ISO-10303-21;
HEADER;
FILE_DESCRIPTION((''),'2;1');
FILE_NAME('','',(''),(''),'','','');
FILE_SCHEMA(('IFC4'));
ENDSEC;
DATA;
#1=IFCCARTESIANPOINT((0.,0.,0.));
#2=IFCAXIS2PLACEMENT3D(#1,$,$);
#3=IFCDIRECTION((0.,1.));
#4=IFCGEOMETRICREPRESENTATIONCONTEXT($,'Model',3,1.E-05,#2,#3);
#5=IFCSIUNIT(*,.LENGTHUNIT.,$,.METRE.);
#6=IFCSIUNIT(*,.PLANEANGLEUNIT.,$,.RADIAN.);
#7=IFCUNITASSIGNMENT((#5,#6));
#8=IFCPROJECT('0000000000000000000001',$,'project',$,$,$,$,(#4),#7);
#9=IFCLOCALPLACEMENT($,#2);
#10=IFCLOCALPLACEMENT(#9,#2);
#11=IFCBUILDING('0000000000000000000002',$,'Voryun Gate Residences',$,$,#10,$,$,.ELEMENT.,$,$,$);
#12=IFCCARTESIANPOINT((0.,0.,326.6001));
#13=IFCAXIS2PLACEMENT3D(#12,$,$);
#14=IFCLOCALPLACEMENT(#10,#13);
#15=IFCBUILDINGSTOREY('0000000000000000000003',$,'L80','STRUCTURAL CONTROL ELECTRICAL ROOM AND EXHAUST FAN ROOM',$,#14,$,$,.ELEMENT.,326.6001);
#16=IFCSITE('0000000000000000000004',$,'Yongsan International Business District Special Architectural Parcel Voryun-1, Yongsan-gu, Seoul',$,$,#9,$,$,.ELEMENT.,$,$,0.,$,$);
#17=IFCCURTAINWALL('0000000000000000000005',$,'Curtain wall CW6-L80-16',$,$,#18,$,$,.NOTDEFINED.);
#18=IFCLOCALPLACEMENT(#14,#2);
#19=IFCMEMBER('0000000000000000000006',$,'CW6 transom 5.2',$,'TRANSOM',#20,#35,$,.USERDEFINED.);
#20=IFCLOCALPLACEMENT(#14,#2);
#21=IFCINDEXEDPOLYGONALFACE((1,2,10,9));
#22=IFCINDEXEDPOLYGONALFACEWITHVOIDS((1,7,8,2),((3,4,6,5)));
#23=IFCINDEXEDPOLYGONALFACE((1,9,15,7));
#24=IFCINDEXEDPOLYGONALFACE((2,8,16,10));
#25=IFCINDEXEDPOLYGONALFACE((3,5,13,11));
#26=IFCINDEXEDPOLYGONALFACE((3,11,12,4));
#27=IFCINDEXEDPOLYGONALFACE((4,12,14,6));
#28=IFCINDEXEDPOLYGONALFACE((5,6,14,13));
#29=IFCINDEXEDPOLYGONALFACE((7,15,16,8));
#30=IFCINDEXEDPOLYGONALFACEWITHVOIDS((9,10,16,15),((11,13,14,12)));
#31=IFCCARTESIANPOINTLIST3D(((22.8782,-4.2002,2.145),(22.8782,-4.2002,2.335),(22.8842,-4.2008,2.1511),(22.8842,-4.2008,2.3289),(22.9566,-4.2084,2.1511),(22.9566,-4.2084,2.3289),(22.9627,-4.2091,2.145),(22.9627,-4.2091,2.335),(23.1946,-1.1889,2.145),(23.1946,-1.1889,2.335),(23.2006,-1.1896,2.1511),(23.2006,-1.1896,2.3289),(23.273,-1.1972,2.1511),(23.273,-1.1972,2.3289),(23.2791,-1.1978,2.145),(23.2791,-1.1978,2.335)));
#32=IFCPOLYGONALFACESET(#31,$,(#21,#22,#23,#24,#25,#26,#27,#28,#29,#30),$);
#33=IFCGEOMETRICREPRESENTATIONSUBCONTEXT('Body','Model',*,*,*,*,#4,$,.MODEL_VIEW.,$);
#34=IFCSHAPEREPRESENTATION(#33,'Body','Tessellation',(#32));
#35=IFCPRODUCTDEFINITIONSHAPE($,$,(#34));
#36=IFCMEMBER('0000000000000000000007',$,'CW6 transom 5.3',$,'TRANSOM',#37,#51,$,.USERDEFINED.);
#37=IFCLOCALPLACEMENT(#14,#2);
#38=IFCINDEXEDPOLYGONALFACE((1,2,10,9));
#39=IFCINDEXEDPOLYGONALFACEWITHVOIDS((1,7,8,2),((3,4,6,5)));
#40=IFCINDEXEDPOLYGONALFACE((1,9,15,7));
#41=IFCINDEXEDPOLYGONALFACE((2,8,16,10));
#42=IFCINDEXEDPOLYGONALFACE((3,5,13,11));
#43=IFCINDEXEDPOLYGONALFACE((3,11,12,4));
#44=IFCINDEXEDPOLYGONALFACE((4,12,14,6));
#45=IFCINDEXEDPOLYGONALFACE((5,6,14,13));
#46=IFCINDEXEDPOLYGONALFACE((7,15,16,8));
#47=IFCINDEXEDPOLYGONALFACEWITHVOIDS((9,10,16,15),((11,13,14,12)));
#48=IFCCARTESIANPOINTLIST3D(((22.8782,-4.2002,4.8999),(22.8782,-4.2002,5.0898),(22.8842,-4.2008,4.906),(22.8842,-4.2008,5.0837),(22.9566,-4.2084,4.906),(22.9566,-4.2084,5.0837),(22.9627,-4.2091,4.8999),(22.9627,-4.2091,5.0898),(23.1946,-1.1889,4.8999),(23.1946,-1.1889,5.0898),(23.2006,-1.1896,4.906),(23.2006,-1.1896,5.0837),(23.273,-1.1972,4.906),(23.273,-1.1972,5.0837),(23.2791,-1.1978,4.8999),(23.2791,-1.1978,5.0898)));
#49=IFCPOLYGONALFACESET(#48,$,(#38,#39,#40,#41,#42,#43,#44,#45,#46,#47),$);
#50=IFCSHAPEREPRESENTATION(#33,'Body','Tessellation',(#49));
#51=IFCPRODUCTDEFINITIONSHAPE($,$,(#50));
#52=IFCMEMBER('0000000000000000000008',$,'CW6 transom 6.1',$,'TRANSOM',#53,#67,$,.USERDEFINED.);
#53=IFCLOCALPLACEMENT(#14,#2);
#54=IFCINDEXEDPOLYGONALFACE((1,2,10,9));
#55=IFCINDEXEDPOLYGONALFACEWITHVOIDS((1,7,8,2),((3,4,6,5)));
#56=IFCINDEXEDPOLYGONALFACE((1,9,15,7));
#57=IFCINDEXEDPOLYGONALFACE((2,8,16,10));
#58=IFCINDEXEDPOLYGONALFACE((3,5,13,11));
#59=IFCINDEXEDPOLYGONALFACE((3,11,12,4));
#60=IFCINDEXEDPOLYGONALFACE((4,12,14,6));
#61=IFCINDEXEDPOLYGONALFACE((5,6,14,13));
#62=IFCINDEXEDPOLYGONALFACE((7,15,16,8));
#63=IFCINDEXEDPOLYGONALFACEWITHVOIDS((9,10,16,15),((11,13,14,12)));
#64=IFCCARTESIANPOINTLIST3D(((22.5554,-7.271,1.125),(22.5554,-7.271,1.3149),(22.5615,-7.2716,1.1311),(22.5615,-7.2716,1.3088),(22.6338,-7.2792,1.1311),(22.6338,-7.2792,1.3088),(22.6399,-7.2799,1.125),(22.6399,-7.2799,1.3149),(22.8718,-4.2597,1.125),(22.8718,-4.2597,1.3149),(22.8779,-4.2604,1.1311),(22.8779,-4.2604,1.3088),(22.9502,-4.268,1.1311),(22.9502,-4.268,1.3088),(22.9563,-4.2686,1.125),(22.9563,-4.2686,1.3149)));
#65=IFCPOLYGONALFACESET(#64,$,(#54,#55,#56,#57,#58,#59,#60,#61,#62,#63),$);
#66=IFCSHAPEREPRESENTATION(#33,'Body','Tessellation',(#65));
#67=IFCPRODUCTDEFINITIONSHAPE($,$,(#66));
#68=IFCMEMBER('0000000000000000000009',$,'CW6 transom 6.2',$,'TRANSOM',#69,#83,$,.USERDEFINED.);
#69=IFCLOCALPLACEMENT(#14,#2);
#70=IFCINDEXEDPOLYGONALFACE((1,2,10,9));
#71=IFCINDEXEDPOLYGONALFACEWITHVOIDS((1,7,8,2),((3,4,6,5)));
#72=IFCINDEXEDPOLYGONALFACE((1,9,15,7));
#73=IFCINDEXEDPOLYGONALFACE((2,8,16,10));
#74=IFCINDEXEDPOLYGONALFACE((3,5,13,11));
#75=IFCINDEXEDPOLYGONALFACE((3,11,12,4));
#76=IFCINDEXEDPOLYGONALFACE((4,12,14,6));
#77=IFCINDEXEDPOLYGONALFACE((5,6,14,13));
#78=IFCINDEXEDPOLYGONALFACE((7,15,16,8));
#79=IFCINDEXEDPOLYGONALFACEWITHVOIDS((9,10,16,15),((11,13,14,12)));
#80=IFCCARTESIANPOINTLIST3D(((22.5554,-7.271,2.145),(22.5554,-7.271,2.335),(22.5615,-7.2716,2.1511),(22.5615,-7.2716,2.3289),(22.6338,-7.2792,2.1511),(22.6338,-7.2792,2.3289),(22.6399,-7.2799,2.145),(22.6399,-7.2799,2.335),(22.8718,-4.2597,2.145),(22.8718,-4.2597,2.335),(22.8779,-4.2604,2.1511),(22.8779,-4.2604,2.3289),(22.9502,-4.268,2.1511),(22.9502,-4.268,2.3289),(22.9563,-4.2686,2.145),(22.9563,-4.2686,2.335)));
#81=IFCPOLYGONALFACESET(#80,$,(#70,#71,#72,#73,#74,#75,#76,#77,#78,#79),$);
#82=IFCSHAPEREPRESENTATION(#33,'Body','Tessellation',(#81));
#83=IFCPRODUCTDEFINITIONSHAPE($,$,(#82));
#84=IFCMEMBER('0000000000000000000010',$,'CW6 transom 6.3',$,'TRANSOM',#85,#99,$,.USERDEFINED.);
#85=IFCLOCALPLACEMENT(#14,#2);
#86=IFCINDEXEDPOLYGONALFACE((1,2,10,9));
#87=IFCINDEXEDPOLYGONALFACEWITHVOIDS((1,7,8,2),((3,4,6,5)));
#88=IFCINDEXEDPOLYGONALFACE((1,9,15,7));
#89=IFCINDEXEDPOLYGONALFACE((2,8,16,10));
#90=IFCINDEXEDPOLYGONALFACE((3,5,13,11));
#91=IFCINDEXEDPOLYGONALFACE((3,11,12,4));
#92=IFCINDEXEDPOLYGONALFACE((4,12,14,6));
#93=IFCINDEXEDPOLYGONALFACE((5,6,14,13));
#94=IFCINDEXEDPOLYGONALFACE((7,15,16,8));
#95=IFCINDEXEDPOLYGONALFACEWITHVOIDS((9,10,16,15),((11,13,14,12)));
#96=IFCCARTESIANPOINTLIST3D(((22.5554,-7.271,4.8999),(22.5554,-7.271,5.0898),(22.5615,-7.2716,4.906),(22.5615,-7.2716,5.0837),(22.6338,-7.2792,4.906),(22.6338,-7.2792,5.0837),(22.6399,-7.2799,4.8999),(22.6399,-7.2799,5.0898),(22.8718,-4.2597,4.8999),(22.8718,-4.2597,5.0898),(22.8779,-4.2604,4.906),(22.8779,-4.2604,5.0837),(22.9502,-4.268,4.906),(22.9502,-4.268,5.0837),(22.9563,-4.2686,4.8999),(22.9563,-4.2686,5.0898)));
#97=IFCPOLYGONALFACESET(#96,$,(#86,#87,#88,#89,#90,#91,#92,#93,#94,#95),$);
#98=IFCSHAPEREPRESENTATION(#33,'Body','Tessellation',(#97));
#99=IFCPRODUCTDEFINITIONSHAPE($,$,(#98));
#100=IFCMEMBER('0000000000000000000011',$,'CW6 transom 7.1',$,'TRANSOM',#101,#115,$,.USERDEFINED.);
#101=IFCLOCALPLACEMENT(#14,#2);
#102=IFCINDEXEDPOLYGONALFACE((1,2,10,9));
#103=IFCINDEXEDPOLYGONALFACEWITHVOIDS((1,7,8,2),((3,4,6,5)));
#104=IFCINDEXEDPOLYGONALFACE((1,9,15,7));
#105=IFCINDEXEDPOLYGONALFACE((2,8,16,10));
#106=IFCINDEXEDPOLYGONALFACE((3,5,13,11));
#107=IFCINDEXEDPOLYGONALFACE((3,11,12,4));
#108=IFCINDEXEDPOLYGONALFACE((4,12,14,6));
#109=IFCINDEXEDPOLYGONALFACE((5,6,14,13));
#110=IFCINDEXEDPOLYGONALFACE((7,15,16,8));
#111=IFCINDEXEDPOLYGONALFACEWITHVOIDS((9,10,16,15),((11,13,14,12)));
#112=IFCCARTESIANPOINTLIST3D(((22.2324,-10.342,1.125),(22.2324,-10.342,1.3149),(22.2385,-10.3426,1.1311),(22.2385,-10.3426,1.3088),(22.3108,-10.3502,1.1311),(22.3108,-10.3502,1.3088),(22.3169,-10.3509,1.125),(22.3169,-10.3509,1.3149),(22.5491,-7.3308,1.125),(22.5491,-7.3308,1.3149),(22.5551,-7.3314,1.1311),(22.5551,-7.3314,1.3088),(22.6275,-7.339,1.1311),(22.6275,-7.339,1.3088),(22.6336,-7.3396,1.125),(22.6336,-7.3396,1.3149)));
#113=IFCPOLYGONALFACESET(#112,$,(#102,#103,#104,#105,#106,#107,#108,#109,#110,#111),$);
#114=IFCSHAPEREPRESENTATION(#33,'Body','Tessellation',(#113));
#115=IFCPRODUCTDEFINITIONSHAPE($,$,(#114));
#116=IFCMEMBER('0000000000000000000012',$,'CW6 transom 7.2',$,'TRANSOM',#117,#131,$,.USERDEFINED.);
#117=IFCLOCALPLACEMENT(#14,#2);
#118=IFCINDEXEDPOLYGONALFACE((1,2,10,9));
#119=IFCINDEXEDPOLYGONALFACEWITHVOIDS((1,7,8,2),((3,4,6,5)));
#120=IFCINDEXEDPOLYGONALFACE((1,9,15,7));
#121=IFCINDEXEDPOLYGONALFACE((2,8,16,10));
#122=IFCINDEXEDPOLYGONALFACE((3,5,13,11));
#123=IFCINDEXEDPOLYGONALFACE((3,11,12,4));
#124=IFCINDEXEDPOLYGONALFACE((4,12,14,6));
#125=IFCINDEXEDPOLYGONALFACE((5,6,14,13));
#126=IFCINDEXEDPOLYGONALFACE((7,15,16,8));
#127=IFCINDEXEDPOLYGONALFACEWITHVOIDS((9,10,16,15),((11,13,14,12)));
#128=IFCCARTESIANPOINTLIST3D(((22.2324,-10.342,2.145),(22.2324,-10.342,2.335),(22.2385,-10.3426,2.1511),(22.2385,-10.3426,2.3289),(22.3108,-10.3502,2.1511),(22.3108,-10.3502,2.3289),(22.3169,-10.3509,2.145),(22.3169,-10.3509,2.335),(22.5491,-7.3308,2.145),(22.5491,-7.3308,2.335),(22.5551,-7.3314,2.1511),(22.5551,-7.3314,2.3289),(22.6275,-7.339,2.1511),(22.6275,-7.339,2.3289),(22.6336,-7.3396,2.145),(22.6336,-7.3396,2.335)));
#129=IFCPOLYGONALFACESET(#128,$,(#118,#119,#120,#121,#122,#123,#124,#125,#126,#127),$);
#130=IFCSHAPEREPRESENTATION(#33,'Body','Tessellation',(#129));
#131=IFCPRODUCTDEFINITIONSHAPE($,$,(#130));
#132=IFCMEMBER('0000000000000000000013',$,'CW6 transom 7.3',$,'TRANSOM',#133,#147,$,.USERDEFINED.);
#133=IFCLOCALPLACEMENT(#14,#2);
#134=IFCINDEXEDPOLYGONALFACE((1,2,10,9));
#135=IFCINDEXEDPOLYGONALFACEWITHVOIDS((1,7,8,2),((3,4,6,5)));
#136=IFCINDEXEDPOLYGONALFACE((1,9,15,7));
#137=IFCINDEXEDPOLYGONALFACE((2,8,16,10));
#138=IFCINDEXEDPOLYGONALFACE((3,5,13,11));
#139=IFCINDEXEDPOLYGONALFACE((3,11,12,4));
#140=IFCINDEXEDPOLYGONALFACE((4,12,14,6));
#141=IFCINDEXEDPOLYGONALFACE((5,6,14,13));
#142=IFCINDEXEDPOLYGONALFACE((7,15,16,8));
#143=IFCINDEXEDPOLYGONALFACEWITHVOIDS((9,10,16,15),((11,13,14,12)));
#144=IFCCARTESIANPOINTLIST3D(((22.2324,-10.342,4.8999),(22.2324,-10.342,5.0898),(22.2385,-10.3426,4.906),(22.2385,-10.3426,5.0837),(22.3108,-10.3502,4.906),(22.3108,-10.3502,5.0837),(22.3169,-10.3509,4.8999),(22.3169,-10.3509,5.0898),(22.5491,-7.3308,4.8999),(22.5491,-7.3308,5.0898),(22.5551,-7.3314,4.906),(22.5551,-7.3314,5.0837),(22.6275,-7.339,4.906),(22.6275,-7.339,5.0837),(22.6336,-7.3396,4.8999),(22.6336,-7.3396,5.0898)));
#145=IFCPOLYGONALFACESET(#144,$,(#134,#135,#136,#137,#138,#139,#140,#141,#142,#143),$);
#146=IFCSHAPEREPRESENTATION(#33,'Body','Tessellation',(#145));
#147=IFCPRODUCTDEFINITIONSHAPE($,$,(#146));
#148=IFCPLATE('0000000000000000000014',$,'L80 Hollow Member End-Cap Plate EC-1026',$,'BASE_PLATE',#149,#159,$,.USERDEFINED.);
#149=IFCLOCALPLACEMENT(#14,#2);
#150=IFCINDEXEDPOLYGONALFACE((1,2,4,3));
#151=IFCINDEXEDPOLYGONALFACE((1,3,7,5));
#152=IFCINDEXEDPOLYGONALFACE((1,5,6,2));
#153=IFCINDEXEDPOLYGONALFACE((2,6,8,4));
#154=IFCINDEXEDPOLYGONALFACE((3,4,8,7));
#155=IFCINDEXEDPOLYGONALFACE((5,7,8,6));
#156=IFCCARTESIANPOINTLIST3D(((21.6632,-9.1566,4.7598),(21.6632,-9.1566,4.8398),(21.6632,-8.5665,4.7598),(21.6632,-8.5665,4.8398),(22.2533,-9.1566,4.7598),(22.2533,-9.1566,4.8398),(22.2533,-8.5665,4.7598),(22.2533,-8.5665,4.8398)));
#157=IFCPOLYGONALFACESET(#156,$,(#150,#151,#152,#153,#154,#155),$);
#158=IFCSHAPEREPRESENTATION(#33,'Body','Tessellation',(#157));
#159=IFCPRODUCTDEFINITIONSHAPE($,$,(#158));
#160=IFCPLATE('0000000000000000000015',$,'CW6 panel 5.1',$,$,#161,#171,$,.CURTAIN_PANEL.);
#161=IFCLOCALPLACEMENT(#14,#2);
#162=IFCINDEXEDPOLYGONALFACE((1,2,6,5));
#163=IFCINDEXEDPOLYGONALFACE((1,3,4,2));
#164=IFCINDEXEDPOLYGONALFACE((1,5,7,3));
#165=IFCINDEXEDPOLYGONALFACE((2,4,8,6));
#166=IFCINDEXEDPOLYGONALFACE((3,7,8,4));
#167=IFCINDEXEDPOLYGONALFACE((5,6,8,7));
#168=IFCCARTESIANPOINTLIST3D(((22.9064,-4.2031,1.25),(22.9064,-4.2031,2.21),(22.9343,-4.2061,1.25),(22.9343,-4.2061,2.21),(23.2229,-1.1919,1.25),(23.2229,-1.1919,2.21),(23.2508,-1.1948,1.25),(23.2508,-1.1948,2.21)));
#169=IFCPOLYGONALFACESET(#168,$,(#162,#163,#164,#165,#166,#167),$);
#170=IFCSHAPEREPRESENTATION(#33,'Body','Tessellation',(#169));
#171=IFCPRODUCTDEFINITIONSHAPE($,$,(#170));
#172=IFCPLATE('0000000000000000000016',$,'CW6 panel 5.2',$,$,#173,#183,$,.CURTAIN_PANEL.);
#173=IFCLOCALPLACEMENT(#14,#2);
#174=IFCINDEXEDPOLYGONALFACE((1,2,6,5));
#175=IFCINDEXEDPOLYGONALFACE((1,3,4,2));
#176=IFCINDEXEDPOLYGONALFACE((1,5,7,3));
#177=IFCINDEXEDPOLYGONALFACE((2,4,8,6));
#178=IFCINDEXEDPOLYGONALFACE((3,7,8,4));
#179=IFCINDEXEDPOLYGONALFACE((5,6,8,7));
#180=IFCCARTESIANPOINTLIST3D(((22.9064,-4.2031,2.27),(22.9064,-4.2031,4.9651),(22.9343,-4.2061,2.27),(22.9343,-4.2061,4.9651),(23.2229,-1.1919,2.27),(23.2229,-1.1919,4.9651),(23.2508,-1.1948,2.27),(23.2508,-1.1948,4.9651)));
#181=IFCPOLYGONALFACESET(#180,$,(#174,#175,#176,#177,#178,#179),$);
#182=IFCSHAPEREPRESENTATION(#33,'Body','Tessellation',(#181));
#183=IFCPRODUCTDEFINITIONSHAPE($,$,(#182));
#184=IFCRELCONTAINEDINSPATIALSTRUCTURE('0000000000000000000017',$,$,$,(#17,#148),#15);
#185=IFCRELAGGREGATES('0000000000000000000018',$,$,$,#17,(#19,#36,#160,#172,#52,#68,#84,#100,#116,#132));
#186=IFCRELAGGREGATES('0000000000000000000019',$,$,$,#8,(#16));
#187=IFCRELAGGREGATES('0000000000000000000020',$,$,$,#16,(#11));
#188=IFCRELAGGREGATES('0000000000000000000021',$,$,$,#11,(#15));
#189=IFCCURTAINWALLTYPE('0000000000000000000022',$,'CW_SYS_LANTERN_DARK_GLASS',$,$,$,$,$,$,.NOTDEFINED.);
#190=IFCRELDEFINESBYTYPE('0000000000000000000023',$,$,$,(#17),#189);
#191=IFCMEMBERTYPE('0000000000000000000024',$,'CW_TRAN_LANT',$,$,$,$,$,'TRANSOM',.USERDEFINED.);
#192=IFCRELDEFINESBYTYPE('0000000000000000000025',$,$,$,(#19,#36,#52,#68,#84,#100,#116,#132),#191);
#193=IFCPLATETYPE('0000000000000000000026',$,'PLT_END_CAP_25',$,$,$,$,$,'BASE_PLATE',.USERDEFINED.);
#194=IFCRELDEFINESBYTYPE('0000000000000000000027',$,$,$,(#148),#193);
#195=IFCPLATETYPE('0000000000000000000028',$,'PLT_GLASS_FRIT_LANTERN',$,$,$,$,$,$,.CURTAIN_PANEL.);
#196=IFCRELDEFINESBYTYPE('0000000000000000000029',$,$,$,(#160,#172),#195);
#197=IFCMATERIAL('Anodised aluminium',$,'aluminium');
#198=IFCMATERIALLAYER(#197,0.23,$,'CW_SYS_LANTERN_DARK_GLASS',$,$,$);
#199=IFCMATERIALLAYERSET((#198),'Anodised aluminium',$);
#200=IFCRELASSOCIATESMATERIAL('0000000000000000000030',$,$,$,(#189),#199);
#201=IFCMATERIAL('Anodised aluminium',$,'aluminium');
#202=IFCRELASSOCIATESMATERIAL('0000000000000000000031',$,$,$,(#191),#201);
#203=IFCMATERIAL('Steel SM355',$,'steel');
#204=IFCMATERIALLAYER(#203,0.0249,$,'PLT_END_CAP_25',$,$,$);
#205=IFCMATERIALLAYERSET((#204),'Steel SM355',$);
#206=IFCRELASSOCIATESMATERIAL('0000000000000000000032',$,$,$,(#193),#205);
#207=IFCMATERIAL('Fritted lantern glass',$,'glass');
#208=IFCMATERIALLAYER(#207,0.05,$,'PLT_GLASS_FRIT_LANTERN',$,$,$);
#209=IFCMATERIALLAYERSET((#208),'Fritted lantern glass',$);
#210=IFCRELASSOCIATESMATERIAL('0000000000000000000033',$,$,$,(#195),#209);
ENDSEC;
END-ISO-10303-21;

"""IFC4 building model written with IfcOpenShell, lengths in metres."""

from ifc_helpers import new_model, si_unit, direction, frame, origin, origin_2d, place, context, subcontext, project, spatial, rectangle, hollow_rectangle, extrude, material, layer, layer_set, material_profile, profile_set, type_object, element, aggregate, save


model = new_model("IFC4")

# Units and contexts
model_context = context("Model", 3, precision=1e-05, world=origin(), true_north=direction((0.0, 1.0)))
body_context = subcontext(model_context, "Body", "Model", "MODEL_VIEW")
ifc_project = project(units=[si_unit("LENGTHUNIT", "METRE"), si_unit("PLANEANGLEUNIT", "RADIAN")], contexts=[model_context])

# Site, building, storey
site_placement = place(None, origin())
site = spatial("IfcSite", under=ifc_project, at=site_placement, Name="Yongsan International Business District Special Architectural Parcel Voryun-1, Yongsan-gu, Seoul", CompositionType="ELEMENT", RefElevation=0.0)
building_placement = place(site_placement, origin())
building = spatial("IfcBuilding", under=site, at=building_placement, Name="Voryun Gate Residences", CompositionType="ELEMENT")
storey_placement = place(building_placement, frame((0.0, 0.0, 326.6001)))
storey = spatial("IfcBuildingStorey", under=building, at=storey_placement, Name="L80", Description="STRUCTURAL CONTROL ELECTRICAL ROOM AND EXHAUST FAN ROOM", CompositionType="ELEMENT", Elevation=326.6001)

# Curtain wall, members
ifc_material_1 = material(Name="Anodised aluminium", Category="aluminium")
ifc_layer_1 = layer(ifc_material_1, 0.23, Name="CW_SYS_LANTERN_DARK_GLASS")
ifc_layer_set_1 = layer_set([ifc_layer_1], Name="Anodised aluminium")
curtain_wall_type = type_object("IfcCurtainWallType", Name="CW_SYS_LANTERN_DARK_GLASS", PredefinedType="NOTDEFINED", material=ifc_layer_set_1)
curtain_wall_placement = place(storey_placement, origin())
curtain_wall = element("IfcCurtainWall", 1, at=curtain_wall_placement, inside=storey, type_object=curtain_wall_type, Name="Curtain wall CW6-L80-16", PredefinedType="NOTDEFINED")
ifc_material_2 = material(Name="Anodised aluminium", Category="aluminium")
ifc_material_profile_1 = material_profile(ifc_material_2, hollow_rectangle(XDim=0.085, YDim=0.1899, WallThickness=0.0061, at=origin_2d()), Name="ALU-TRAN-190x85x6")
ifc_profile_set_1 = profile_set([ifc_material_profile_1], Name="Anodised aluminium")
member_type_1 = type_object("IfcMemberType", Name="CW_TRAN_LANT", ElementType="TRANSOM", PredefinedType="USERDEFINED", material=ifc_profile_set_1)
member_1_placement = place(storey_placement, frame((23.2368, -1.1934, 2.24), z_axis=(-0.1045, -0.994525, 0.0), x_axis=(0.994525, -0.1045, 0.0)))
member_1 = element("IfcMember", 2, at=member_1_placement, type_object=member_type_1, Name="CW6 transom 5.2", ObjectType="TRANSOM", PredefinedType="USERDEFINED", context=body_context, shape_type="SweptSolid", body=[
    extrude(hollow_rectangle(XDim=0.085, YDim=0.1899, WallThickness=0.0061, at=origin_2d()), origin(), (0.0, 0.0, 1.0), 3.0278),
])
member_2_placement = place(storey_placement, frame((23.2368, -1.1934, 4.9949), z_axis=(-0.1045, -0.994525, 0.0), x_axis=(0.994525, -0.1045, 0.0)))
member_2 = element("IfcMember", 3, at=member_2_placement, type_object=member_type_1, Name="CW6 transom 5.3", ObjectType="TRANSOM", PredefinedType="USERDEFINED", context=body_context, shape_type="SweptSolid", body=[
    extrude(hollow_rectangle(XDim=0.085, YDim=0.1899, WallThickness=0.0061, at=origin_2d()), origin(), (0.0, 0.0, 1.0), 3.0278),
])
member_3_placement = place(storey_placement, frame((22.9141, -4.2642, 1.22), z_axis=(-0.1045, -0.994525, 0.0), x_axis=(0.994525, -0.1045, 0.0)))
member_3 = element("IfcMember", 4, at=member_3_placement, type_object=member_type_1, Name="CW6 transom 6.1", ObjectType="TRANSOM", PredefinedType="USERDEFINED", context=body_context, shape_type="SweptSolid", body=[
    extrude(hollow_rectangle(XDim=0.085, YDim=0.1899, WallThickness=0.0061, at=origin_2d()), origin(), (0.0, 0.0, 1.0), 3.0278),
])
member_4_placement = place(storey_placement, frame((22.9141, -4.2642, 2.24), z_axis=(-0.1045, -0.994525, 0.0), x_axis=(0.994525, -0.1045, 0.0)))
member_4 = element("IfcMember", 5, at=member_4_placement, type_object=member_type_1, Name="CW6 transom 6.2", ObjectType="TRANSOM", PredefinedType="USERDEFINED", context=body_context, shape_type="SweptSolid", body=[
    extrude(hollow_rectangle(XDim=0.085, YDim=0.1899, WallThickness=0.0061, at=origin_2d()), origin(), (0.0, 0.0, 1.0), 3.0278),
])
member_5_placement = place(storey_placement, frame((22.9141, -4.2642, 4.9949), z_axis=(-0.1045, -0.994525, 0.0), x_axis=(0.994525, -0.1045, 0.0)))
member_5 = element("IfcMember", 6, at=member_5_placement, type_object=member_type_1, Name="CW6 transom 6.3", ObjectType="TRANSOM", PredefinedType="USERDEFINED", context=body_context, shape_type="SweptSolid", body=[
    extrude(hollow_rectangle(XDim=0.085, YDim=0.1899, WallThickness=0.0061, at=origin_2d()), origin(), (0.0, 0.0, 1.0), 3.0278),
])
member_6_placement = place(storey_placement, frame((22.5913, -7.3352, 1.22), z_axis=(-0.10458, -0.994516, 0.0), x_axis=(0.994516, -0.10458, 0.0)))
member_6 = element("IfcMember", 7, at=member_6_placement, type_object=member_type_1, Name="CW6 transom 7.1", ObjectType="TRANSOM", PredefinedType="USERDEFINED", context=body_context, shape_type="SweptSolid", body=[
    extrude(hollow_rectangle(XDim=0.085, YDim=0.1899, WallThickness=0.0061, at=origin_2d()), origin(), (0.0, 0.0, 1.0), 3.0278),
])
member_7_placement = place(storey_placement, frame((22.5913, -7.3352, 2.24), z_axis=(-0.10458, -0.994516, 0.0), x_axis=(0.994516, -0.10458, 0.0)))
member_7 = element("IfcMember", 8, at=member_7_placement, type_object=member_type_1, Name="CW6 transom 7.2", ObjectType="TRANSOM", PredefinedType="USERDEFINED", context=body_context, shape_type="SweptSolid", body=[
    extrude(hollow_rectangle(XDim=0.085, YDim=0.1899, WallThickness=0.0061, at=origin_2d()), origin(), (0.0, 0.0, 1.0), 3.0278),
])
member_8_placement = place(storey_placement, frame((22.5913, -7.3352, 4.9949), z_axis=(-0.10458, -0.994516, 0.0), x_axis=(0.994516, -0.10458, 0.0)))
member_8 = element("IfcMember", 9, at=member_8_placement, type_object=member_type_1, Name="CW6 transom 7.3", ObjectType="TRANSOM", PredefinedType="USERDEFINED", context=body_context, shape_type="SweptSolid", body=[
    extrude(hollow_rectangle(XDim=0.085, YDim=0.1899, WallThickness=0.0061, at=origin_2d()), origin(), (0.0, 0.0, 1.0), 3.0278),
])

# Plates
ifc_material_3 = material(Name="Steel SM355", Category="steel")
ifc_layer_2 = layer(ifc_material_3, 0.0249, Name="PLT_END_CAP_25")
ifc_layer_set_2 = layer_set([ifc_layer_2], Name="Steel SM355")
plate_type_1 = type_object("IfcPlateType", Name="PLT_END_CAP_25", ElementType="BASE_PLATE", PredefinedType="USERDEFINED", material=ifc_layer_set_2)
plate_1_placement = place(storey_placement, frame((21.9583, -8.8616, 4.7598), z_axis=(0.0, 0.0, 1.0), x_axis=(1.0, 0.0, 0.0)))
element("IfcPlate", 10, at=plate_1_placement, inside=storey, type_object=plate_type_1, Name="L80 Hollow Member End-Cap Plate EC-1026", ObjectType="BASE_PLATE", PredefinedType="USERDEFINED", context=body_context, shape_type="SweptSolid", body=[
    extrude(rectangle(XDim=0.5901, YDim=0.5901, at=origin_2d()), origin(), (0.0, 0.0, 1.0), 0.0801),
])
ifc_material_4 = material(Name="Fritted lantern glass", Category="glass")
ifc_layer_3 = layer(ifc_material_4, 0.05, Name="PLT_GLASS_FRIT_LANTERN")
ifc_layer_set_3 = layer_set([ifc_layer_3], Name="Fritted lantern glass")
plate_type_2 = type_object("IfcPlateType", Name="PLT_GLASS_FRIT_LANTERN", PredefinedType="CURTAIN_PANEL", material=ifc_layer_set_3)
plate_2_placement = place(storey_placement, frame((23.0786, -2.699, 1.25), z_axis=(0.0, 0.0, 1.0), x_axis=(-0.104528, -0.994522, 0.0)))
plate_2 = element("IfcPlate", 11, at=plate_2_placement, type_object=plate_type_2, Name="CW6 panel 5.1", PredefinedType="CURTAIN_PANEL", context=body_context, shape_type="SweptSolid", body=[
    extrude(rectangle(XDim=3.0278, YDim=0.0281, at=origin_2d()), origin(), (0.0, 0.0, 1.0), 0.96),
])
plate_3_placement = place(storey_placement, frame((23.0786, -2.699, 2.27), z_axis=(0.0, 0.0, 1.0), x_axis=(-0.104528, -0.994522, 0.0)))
plate_3 = element("IfcPlate", 12, at=plate_3_placement, type_object=plate_type_2, Name="CW6 panel 5.2", PredefinedType="CURTAIN_PANEL", context=body_context, shape_type="SweptSolid", body=[
    extrude(rectangle(XDim=3.0278, YDim=0.0281, at=origin_2d()), origin(), (0.0, 0.0, 1.0), 2.6951),
])
aggregate(curtain_wall, [member_1, member_2, plate_2, plate_3, member_3, member_4, member_5, member_6, member_7, member_8])

save(model, "model.ifc")
